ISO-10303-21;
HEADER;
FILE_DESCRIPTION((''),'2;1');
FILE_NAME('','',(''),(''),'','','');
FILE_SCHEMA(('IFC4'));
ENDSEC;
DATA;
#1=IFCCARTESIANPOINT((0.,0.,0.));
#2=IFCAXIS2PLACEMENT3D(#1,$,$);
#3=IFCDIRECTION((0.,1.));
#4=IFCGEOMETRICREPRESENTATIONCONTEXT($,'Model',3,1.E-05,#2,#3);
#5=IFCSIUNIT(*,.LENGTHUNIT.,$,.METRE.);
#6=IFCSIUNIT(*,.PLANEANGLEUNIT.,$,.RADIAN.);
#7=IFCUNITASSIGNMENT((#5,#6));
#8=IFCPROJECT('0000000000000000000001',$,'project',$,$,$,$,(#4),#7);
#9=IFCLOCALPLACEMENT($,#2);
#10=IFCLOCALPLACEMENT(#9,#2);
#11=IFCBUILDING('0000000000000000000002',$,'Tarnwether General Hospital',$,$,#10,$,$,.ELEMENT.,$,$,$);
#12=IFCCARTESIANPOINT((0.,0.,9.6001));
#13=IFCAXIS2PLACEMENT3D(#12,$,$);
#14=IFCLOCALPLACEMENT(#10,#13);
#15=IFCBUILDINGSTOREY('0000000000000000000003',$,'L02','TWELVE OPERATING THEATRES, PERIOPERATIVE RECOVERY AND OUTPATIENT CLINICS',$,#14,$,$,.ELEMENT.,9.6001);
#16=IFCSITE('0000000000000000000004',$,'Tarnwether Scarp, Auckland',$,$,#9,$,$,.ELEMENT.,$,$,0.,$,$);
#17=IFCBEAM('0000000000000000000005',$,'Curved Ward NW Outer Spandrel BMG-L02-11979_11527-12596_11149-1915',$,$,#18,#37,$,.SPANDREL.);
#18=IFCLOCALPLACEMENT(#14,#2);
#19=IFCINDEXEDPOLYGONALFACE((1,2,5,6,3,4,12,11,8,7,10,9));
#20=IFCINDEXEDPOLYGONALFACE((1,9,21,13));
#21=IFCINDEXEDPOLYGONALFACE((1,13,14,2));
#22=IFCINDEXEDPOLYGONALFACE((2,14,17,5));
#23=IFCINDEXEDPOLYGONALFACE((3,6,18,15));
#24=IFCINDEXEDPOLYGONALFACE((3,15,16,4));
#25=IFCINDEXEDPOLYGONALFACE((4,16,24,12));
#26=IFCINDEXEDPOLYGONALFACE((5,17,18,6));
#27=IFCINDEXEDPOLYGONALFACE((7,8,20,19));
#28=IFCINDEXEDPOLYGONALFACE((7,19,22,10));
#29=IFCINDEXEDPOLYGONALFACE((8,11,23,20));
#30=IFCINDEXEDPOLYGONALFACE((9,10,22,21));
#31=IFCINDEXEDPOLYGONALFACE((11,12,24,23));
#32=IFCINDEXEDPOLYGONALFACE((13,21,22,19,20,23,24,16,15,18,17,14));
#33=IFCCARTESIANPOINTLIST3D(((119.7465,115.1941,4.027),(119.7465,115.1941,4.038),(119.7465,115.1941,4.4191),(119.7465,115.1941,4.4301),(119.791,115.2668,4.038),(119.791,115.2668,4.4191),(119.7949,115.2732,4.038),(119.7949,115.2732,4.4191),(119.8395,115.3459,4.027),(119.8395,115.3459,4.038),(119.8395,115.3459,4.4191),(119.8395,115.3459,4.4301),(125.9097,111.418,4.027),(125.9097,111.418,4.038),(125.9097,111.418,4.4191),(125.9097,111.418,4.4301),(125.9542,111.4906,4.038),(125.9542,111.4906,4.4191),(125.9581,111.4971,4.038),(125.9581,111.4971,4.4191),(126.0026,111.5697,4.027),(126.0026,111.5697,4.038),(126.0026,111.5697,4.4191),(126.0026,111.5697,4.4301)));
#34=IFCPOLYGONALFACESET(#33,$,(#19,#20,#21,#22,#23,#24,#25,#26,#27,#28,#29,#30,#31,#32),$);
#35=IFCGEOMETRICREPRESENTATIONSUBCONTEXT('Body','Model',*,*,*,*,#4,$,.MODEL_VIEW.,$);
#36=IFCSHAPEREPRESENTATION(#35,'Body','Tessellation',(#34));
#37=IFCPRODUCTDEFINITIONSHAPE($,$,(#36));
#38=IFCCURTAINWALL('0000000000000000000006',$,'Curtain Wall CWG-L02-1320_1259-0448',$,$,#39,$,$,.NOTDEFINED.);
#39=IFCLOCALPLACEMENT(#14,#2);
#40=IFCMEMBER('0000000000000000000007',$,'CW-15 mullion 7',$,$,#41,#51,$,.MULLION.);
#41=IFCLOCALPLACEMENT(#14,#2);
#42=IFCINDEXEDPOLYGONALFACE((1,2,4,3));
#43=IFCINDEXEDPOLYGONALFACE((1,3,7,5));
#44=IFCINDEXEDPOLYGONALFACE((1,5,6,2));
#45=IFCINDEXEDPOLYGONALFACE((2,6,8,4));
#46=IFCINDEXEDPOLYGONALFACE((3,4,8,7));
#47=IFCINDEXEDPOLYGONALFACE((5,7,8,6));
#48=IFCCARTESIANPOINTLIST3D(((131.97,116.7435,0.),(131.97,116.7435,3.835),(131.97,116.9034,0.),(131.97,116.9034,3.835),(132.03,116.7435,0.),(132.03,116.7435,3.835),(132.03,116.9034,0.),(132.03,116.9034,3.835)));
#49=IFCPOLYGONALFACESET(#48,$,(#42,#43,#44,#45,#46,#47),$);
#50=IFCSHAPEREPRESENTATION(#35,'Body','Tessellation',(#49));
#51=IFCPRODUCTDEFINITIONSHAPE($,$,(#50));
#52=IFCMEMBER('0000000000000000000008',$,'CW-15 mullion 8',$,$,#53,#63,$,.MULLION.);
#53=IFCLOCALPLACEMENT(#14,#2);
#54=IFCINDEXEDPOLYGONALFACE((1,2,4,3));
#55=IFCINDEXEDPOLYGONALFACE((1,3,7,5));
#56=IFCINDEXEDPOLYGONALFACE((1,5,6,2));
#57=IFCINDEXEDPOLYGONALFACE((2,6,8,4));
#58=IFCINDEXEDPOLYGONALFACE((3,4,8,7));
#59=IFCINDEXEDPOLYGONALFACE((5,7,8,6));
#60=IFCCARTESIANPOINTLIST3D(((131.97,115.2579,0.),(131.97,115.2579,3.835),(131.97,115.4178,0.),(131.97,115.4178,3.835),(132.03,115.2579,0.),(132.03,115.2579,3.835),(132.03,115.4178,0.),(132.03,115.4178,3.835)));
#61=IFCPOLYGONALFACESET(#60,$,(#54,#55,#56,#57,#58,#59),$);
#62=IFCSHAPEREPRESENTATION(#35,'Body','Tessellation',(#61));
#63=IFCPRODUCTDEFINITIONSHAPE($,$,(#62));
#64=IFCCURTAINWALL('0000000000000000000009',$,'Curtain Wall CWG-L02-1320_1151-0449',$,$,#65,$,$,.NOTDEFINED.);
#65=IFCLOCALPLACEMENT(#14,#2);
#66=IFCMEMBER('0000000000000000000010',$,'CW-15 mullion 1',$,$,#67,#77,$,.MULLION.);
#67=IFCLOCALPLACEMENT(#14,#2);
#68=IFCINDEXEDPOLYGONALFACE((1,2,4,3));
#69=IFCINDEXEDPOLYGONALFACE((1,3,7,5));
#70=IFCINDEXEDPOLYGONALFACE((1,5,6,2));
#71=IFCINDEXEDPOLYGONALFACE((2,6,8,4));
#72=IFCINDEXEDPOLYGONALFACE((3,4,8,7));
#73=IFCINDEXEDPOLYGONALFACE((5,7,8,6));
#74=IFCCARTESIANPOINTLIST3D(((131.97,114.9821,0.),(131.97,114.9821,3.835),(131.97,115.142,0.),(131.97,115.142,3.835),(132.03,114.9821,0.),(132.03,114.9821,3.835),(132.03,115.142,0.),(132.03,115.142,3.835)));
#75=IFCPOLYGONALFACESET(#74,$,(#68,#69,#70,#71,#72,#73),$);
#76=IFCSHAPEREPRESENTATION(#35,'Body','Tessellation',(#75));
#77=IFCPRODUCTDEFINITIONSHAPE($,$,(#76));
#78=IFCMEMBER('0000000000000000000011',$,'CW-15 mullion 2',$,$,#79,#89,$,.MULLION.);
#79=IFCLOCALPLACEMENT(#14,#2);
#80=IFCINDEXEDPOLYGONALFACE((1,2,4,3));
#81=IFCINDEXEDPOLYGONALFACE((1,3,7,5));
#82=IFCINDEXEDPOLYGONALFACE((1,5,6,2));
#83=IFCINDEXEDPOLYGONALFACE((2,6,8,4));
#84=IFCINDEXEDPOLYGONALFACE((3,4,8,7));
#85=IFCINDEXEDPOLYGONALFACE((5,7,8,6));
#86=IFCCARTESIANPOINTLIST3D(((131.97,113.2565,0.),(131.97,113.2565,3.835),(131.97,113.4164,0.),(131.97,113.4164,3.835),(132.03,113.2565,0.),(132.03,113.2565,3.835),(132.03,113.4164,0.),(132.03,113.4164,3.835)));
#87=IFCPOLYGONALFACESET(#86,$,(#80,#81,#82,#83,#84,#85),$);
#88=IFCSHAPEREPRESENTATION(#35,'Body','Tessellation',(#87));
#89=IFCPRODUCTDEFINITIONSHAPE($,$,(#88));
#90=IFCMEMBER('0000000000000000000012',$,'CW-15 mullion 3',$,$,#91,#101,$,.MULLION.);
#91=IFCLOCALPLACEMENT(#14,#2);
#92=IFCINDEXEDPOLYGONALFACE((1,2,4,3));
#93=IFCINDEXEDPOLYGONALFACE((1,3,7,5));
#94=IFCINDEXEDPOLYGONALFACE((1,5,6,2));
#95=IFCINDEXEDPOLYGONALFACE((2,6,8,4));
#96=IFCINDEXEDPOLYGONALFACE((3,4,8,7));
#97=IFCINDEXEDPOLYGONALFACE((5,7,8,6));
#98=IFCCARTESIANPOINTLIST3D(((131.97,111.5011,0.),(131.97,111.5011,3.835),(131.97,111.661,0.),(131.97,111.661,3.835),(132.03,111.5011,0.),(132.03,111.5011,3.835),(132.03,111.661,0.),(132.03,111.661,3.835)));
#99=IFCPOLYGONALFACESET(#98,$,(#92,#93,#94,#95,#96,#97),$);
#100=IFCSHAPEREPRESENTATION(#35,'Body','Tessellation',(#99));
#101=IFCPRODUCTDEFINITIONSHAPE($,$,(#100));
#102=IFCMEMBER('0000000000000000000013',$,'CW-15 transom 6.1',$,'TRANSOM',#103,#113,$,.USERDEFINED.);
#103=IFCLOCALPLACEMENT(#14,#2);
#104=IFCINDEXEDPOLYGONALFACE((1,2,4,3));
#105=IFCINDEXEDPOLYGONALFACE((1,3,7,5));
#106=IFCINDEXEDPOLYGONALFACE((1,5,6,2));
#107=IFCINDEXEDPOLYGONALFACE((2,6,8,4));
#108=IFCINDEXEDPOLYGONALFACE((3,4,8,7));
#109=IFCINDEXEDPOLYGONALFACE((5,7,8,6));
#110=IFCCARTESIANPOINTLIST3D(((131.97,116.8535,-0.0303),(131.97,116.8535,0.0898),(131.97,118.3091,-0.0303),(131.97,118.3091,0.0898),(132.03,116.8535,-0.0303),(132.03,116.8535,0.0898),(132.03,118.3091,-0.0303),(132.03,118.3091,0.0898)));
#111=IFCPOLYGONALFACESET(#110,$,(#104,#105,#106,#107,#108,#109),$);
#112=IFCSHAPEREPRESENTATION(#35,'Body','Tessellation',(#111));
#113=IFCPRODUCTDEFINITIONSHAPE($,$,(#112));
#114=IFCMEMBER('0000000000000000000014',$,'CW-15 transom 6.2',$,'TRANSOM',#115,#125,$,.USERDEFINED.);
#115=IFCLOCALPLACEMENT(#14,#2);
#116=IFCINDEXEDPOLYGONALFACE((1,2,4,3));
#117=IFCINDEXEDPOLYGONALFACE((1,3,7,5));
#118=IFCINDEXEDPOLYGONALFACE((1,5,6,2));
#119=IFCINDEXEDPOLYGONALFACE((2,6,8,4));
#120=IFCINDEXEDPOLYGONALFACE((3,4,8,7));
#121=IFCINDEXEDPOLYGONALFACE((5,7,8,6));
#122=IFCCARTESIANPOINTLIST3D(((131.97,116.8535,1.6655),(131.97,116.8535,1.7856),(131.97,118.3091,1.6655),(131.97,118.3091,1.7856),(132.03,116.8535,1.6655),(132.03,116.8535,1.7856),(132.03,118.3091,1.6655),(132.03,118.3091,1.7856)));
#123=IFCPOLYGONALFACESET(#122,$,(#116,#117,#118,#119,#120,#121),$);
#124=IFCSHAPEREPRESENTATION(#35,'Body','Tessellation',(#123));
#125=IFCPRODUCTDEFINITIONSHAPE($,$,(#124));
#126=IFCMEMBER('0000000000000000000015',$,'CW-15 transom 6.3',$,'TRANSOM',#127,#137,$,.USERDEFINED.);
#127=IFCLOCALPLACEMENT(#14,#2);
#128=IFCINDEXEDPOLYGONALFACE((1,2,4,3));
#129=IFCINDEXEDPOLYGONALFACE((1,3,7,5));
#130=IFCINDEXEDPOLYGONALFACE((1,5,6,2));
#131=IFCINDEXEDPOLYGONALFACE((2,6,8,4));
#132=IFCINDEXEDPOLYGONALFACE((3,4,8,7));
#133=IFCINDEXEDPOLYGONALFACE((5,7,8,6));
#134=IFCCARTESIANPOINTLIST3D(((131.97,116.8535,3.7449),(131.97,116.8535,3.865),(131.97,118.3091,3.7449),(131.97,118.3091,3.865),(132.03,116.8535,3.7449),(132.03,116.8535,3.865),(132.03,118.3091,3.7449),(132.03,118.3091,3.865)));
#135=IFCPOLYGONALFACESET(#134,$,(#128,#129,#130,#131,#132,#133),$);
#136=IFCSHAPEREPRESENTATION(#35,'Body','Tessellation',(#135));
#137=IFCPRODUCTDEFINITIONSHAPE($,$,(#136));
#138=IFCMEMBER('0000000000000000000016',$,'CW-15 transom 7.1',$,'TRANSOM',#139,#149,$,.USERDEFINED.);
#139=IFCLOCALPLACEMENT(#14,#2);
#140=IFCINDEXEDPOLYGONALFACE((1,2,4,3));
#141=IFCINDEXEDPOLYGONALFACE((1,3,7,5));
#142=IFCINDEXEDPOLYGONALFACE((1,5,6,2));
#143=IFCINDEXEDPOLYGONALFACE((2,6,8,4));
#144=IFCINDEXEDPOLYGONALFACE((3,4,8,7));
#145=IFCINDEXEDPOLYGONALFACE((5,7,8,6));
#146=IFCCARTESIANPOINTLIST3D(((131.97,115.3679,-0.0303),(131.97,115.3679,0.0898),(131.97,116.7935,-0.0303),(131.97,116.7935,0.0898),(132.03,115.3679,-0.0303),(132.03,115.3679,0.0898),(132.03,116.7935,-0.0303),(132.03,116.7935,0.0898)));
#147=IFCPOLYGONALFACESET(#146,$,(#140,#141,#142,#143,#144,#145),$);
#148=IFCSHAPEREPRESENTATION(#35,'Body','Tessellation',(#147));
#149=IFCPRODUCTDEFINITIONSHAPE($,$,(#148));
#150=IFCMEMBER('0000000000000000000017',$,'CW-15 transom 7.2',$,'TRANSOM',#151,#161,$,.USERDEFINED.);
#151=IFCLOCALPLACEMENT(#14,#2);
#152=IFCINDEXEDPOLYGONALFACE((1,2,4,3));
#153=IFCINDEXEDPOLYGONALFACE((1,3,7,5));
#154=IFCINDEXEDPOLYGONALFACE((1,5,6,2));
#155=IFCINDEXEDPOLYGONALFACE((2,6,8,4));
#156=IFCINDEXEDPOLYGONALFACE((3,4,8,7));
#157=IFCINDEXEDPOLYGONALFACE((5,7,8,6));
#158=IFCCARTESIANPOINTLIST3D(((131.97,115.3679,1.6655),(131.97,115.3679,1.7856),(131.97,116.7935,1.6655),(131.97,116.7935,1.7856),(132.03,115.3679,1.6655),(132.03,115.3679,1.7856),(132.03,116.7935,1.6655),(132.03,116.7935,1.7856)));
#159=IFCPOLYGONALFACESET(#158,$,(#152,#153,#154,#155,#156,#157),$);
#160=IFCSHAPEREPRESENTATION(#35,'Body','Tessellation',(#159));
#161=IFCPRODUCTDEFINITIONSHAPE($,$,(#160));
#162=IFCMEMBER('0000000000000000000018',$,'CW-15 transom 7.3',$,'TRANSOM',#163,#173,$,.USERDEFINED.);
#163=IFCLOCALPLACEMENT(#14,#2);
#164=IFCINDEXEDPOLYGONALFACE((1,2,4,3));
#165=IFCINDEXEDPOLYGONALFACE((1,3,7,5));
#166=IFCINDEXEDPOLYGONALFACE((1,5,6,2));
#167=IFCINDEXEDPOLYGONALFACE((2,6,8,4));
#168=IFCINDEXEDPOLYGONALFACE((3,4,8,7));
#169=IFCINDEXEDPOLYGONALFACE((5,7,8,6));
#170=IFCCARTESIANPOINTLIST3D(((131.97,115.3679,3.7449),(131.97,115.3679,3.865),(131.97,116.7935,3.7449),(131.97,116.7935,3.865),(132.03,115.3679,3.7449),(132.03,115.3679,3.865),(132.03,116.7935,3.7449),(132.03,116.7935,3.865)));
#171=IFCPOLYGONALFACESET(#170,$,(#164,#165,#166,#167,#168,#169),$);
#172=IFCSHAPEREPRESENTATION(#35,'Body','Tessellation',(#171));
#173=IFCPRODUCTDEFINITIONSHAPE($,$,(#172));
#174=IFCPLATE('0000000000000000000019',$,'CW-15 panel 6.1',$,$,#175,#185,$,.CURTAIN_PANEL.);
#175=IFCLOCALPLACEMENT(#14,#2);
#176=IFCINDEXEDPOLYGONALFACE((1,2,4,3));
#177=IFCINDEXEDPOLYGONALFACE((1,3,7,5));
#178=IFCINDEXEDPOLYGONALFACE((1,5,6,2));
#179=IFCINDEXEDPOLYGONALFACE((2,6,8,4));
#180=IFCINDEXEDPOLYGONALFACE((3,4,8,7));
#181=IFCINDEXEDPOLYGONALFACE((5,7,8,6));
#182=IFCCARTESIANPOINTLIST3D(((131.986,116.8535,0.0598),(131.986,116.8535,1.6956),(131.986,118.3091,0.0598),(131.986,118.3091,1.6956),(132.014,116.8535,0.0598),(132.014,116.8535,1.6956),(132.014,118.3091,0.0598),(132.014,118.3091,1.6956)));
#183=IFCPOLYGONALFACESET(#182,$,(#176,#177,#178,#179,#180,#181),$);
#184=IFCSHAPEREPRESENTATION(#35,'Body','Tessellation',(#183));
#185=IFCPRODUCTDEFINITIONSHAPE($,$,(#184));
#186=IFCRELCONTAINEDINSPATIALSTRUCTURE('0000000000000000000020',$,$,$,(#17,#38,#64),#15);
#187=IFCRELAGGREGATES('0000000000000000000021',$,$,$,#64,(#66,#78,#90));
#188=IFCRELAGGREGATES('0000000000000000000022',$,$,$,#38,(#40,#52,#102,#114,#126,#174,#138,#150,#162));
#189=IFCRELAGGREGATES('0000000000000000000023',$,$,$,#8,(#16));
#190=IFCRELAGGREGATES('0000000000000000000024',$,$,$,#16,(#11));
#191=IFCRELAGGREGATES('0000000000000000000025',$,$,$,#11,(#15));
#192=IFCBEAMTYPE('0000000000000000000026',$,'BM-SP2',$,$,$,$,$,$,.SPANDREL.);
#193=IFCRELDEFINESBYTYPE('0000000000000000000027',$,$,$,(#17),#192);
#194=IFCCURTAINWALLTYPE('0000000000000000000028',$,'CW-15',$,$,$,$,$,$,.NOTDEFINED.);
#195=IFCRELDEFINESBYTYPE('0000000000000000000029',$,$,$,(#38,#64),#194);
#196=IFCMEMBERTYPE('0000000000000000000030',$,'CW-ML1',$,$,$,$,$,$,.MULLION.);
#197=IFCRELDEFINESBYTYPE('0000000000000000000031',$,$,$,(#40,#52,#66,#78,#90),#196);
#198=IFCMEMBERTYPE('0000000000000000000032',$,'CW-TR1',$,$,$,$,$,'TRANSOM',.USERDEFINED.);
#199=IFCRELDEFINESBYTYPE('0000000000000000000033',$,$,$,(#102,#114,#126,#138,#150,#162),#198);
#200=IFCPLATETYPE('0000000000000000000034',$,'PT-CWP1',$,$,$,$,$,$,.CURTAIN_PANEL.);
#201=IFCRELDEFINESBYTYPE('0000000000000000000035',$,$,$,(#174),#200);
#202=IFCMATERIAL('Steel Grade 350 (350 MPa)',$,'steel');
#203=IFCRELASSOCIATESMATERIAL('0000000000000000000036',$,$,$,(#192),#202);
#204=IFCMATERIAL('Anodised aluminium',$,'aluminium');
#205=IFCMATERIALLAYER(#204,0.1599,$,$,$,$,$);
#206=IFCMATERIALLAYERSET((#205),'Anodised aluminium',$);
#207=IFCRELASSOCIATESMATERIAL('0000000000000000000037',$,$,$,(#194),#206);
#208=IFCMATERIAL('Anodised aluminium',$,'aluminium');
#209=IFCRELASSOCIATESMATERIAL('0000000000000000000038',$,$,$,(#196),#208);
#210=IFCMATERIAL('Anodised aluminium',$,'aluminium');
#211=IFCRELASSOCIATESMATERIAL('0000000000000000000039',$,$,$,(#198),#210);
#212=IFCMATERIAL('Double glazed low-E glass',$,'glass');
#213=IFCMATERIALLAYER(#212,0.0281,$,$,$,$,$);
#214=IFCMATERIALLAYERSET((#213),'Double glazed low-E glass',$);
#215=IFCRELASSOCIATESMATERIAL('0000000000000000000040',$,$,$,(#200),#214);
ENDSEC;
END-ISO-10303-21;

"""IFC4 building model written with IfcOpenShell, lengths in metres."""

from ifc_helpers import new_model, si_unit, direction, frame, origin, origin_2d, place, context, subcontext, project, spatial, rectangle, i_section, extrude, material, layer, layer_set, material_profile, profile_set, type_object, element, aggregate, save


model = new_model("IFC4")

# Units and contexts
model_context = context("Model", 3, precision=1e-05, world=origin(), true_north=direction((0.0, 1.0)))
body_context = subcontext(model_context, "Body", "Model", "MODEL_VIEW")
ifc_project = project(units=[si_unit("LENGTHUNIT", "METRE"), si_unit("PLANEANGLEUNIT", "RADIAN")], contexts=[model_context])

# Site, building, storey
site_placement = place(None, origin())
site = spatial("IfcSite", under=ifc_project, at=site_placement, Name="Tarnwether Scarp, Auckland", CompositionType="ELEMENT", RefElevation=0.0)
building_placement = place(site_placement, origin())
building = spatial("IfcBuilding", under=site, at=building_placement, Name="Tarnwether General Hospital", CompositionType="ELEMENT")
storey_placement = place(building_placement, frame((0.0, 0.0, 9.6001)))
storey = spatial("IfcBuildingStorey", under=building, at=storey_placement, Name="L02", Description="TWELVE OPERATING THEATRES, PERIOPERATIVE RECOVERY AND OUTPATIENT CLINICS", CompositionType="ELEMENT", Elevation=9.6001)

# Beam
ifc_material_1 = material(Name="Steel Grade 350 (350 MPa)", Category="steel")
ifc_material_profile_1 = material_profile(ifc_material_1, i_section(OverallWidth=0.178, OverallDepth=0.4031, WebThickness=0.0076, FlangeThickness=0.011, at=origin_2d()), Name="410UB53.7")
ifc_profile_set_1 = profile_set([ifc_material_profile_1], Name="Steel Grade 350 (350 MPa)")
beam_type_1 = type_object("IfcBeamType", Name="BM-SP2", PredefinedType="SPANDREL", material=ifc_profile_set_1)
beam_1_placement = place(storey_placement, frame((119.793, 115.27, 4.2285), z_axis=(0.852678, -0.522436, 0.0), x_axis=(0.522436, 0.852678, 0.0)))
element("IfcBeam", 1, at=beam_1_placement, inside=storey, type_object=beam_type_1, Name="Curved Ward NW Outer Spandrel BMG-L02-11979_11527-12596_11149-1915", PredefinedType="SPANDREL", context=body_context, shape_type="SweptSolid", body=[
    extrude(i_section(OverallWidth=0.178, OverallDepth=0.4031, WebThickness=0.0076, FlangeThickness=0.011, at=origin_2d()), origin(), (0.0, 0.0, 1.0), 7.228),
])

# Curtain walls, members
ifc_material_2 = material(Name="Anodised aluminium", Category="aluminium")
ifc_layer_1 = layer(ifc_material_2, 0.1599)
ifc_layer_set_1 = layer_set([ifc_layer_1], Name="Anodised aluminium")
curtain_wall_type = type_object("IfcCurtainWallType", Name="CW-15", PredefinedType="NOTDEFINED", material=ifc_layer_set_1)
curtain_wall_1_placement = place(storey_placement, origin())
curtain_wall_1 = element("IfcCurtainWall", 2, at=curtain_wall_1_placement, inside=storey, type_object=curtain_wall_type, Name="Curtain Wall CWG-L02-1320_1259-0448", PredefinedType="NOTDEFINED")
ifc_material_3 = material(Name="Anodised aluminium", Category="aluminium")
ifc_material_profile_2 = material_profile(ifc_material_3, rectangle(XDim=0.0601, YDim=0.1599, at=origin_2d()), Name="ALU-MUL-60x160")
ifc_profile_set_2 = profile_set([ifc_material_profile_2], Name="Anodised aluminium")
member_type_1 = type_object("IfcMemberType", Name="CW-ML1", PredefinedType="MULLION", material=ifc_profile_set_2)
member_1_placement = place(storey_placement, frame((132.0, 116.8235, 0.0), z_axis=(0.0, 0.0, 1.0), x_axis=(1.0, 0.0, 0.0)))
member_1 = element("IfcMember", 3, at=member_1_placement, type_object=member_type_1, Name="CW-15 mullion 7", PredefinedType="MULLION", context=body_context, shape_type="SweptSolid", body=[
    extrude(rectangle(XDim=0.0601, YDim=0.1599, at=origin_2d()), origin(), (0.0, 0.0, 1.0), 3.835),
])
member_2_placement = place(storey_placement, frame((132.0, 115.3379, 0.0), z_axis=(0.0, 0.0, 1.0), x_axis=(1.0, 0.0, 0.0)))
member_2 = element("IfcMember", 4, at=member_2_placement, type_object=member_type_1, Name="CW-15 mullion 8", PredefinedType="MULLION", context=body_context, shape_type="SweptSolid", body=[
    extrude(rectangle(XDim=0.0601, YDim=0.1599, at=origin_2d()), origin(), (0.0, 0.0, 1.0), 3.835),
])
curtain_wall_2_placement = place(storey_placement, origin())
curtain_wall_2 = element("IfcCurtainWall", 5, at=curtain_wall_2_placement, inside=storey, type_object=curtain_wall_type, Name="Curtain Wall CWG-L02-1320_1151-0449", PredefinedType="NOTDEFINED")
member_3_placement = place(storey_placement, frame((132.0, 115.062, 0.0), z_axis=(0.0, 0.0, 1.0), x_axis=(1.0, 0.0, 0.0)))
member_3 = element("IfcMember", 6, at=member_3_placement, type_object=member_type_1, Name="CW-15 mullion 1", PredefinedType="MULLION", context=body_context, shape_type="SweptSolid", body=[
    extrude(rectangle(XDim=0.0601, YDim=0.1599, at=origin_2d()), origin(), (0.0, 0.0, 1.0), 3.835),
])
member_4_placement = place(storey_placement, frame((132.0, 113.3364, 0.0), z_axis=(0.0, 0.0, 1.0), x_axis=(1.0, 0.0, 0.0)))
member_4 = element("IfcMember", 7, at=member_4_placement, type_object=member_type_1, Name="CW-15 mullion 2", PredefinedType="MULLION", context=body_context, shape_type="SweptSolid", body=[
    extrude(rectangle(XDim=0.0601, YDim=0.1599, at=origin_2d()), origin(), (0.0, 0.0, 1.0), 3.835),
])
member_5_placement = place(storey_placement, frame((132.0, 111.5811, 0.0), z_axis=(0.0, 0.0, 1.0), x_axis=(1.0, 0.0, 0.0)))
member_5 = element("IfcMember", 8, at=member_5_placement, type_object=member_type_1, Name="CW-15 mullion 3", PredefinedType="MULLION", context=body_context, shape_type="SweptSolid", body=[
    extrude(rectangle(XDim=0.0601, YDim=0.1599, at=origin_2d()), origin(), (0.0, 0.0, 1.0), 3.835),
])
aggregate(curtain_wall_2, [member_3, member_4, member_5])

# Members
ifc_material_4 = material(Name="Anodised aluminium", Category="aluminium")
ifc_material_profile_3 = material_profile(ifc_material_4, rectangle(XDim=0.0601, YDim=0.1201, at=origin_2d()), Name="ALU-TRN-60x120")
ifc_profile_set_3 = profile_set([ifc_material_profile_3], Name="Anodised aluminium")
member_type_2 = type_object("IfcMemberType", Name="CW-TR1", ElementType="TRANSOM", PredefinedType="USERDEFINED", material=ifc_profile_set_3)
member_6_placement = place(storey_placement, frame((132.0, 118.3091, 0.0298), z_axis=(0.0, -1.0, 0.0), x_axis=(1.0, 0.0, 0.0)))
member_6 = element("IfcMember", 9, at=member_6_placement, type_object=member_type_2, Name="CW-15 transom 6.1", ObjectType="TRANSOM", PredefinedType="USERDEFINED", context=body_context, shape_type="SweptSolid", body=[
    extrude(rectangle(XDim=0.0601, YDim=0.1201, at=origin_2d()), origin(), (0.0, 0.0, 1.0), 1.4556),
])
member_7_placement = place(storey_placement, frame((132.0, 118.3091, 1.7256), z_axis=(0.0, -1.0, 0.0), x_axis=(1.0, 0.0, 0.0)))
member_7 = element("IfcMember", 10, at=member_7_placement, type_object=member_type_2, Name="CW-15 transom 6.2", ObjectType="TRANSOM", PredefinedType="USERDEFINED", context=body_context, shape_type="SweptSolid", body=[
    extrude(rectangle(XDim=0.0601, YDim=0.1201, at=origin_2d()), origin(), (0.0, 0.0, 1.0), 1.4556),
])
member_8_placement = place(storey_placement, frame((132.0, 118.3091, 3.8049), z_axis=(0.0, -1.0, 0.0), x_axis=(1.0, 0.0, 0.0)))
member_8 = element("IfcMember", 11, at=member_8_placement, type_object=member_type_2, Name="CW-15 transom 6.3", ObjectType="TRANSOM", PredefinedType="USERDEFINED", context=body_context, shape_type="SweptSolid", body=[
    extrude(rectangle(XDim=0.0601, YDim=0.1201, at=origin_2d()), origin(), (0.0, 0.0, 1.0), 1.4556),
])
member_9_placement = place(storey_placement, frame((132.0, 116.7935, 0.0298), z_axis=(0.0, -1.0, 0.0), x_axis=(1.0, 0.0, 0.0)))
member_9 = element("IfcMember", 12, at=member_9_placement, type_object=member_type_2, Name="CW-15 transom 7.1", ObjectType="TRANSOM", PredefinedType="USERDEFINED", context=body_context, shape_type="SweptSolid", body=[
    extrude(rectangle(XDim=0.0601, YDim=0.1201, at=origin_2d()), origin(), (0.0, 0.0, 1.0), 1.4255),
])
member_10_placement = place(storey_placement, frame((132.0, 116.7935, 1.7256), z_axis=(0.0, -1.0, 0.0), x_axis=(1.0, 0.0, 0.0)))
member_10 = element("IfcMember", 13, at=member_10_placement, type_object=member_type_2, Name="CW-15 transom 7.2", ObjectType="TRANSOM", PredefinedType="USERDEFINED", context=body_context, shape_type="SweptSolid", body=[
    extrude(rectangle(XDim=0.0601, YDim=0.1201, at=origin_2d()), origin(), (0.0, 0.0, 1.0), 1.4255),
])
member_11_placement = place(storey_placement, frame((132.0, 116.7935, 3.8049), z_axis=(0.0, -1.0, 0.0), x_axis=(1.0, 0.0, 0.0)))
member_11 = element("IfcMember", 14, at=member_11_placement, type_object=member_type_2, Name="CW-15 transom 7.3", ObjectType="TRANSOM", PredefinedType="USERDEFINED", context=body_context, shape_type="SweptSolid", body=[
    extrude(rectangle(XDim=0.0601, YDim=0.1201, at=origin_2d()), origin(), (0.0, 0.0, 1.0), 1.4255),
])

# Plate
ifc_material_5 = material(Name="Double glazed low-E glass", Category="glass")
ifc_layer_2 = layer(ifc_material_5, 0.0281)
ifc_layer_set_2 = layer_set([ifc_layer_2], Name="Double glazed low-E glass")
plate_type_1 = type_object("IfcPlateType", Name="PT-CWP1", PredefinedType="CURTAIN_PANEL", material=ifc_layer_set_2)
plate_1_placement = place(storey_placement, frame((132.0, 117.5813, 0.0598), z_axis=(0.0, 0.0, 1.0), x_axis=(0.0, -1.0, 0.0)))
plate_1 = element("IfcPlate", 15, at=plate_1_placement, type_object=plate_type_1, Name="CW-15 panel 6.1", PredefinedType="CURTAIN_PANEL", context=body_context, shape_type="SweptSolid", body=[
    extrude(rectangle(XDim=1.4556, YDim=0.0281, at=origin_2d()), origin(), (0.0, 0.0, 1.0), 1.6357),
])
aggregate(curtain_wall_1, [member_1, member_2, member_6, member_7, member_8, plate_1, member_9, member_10, member_11])

save(model, "model.ifc")
